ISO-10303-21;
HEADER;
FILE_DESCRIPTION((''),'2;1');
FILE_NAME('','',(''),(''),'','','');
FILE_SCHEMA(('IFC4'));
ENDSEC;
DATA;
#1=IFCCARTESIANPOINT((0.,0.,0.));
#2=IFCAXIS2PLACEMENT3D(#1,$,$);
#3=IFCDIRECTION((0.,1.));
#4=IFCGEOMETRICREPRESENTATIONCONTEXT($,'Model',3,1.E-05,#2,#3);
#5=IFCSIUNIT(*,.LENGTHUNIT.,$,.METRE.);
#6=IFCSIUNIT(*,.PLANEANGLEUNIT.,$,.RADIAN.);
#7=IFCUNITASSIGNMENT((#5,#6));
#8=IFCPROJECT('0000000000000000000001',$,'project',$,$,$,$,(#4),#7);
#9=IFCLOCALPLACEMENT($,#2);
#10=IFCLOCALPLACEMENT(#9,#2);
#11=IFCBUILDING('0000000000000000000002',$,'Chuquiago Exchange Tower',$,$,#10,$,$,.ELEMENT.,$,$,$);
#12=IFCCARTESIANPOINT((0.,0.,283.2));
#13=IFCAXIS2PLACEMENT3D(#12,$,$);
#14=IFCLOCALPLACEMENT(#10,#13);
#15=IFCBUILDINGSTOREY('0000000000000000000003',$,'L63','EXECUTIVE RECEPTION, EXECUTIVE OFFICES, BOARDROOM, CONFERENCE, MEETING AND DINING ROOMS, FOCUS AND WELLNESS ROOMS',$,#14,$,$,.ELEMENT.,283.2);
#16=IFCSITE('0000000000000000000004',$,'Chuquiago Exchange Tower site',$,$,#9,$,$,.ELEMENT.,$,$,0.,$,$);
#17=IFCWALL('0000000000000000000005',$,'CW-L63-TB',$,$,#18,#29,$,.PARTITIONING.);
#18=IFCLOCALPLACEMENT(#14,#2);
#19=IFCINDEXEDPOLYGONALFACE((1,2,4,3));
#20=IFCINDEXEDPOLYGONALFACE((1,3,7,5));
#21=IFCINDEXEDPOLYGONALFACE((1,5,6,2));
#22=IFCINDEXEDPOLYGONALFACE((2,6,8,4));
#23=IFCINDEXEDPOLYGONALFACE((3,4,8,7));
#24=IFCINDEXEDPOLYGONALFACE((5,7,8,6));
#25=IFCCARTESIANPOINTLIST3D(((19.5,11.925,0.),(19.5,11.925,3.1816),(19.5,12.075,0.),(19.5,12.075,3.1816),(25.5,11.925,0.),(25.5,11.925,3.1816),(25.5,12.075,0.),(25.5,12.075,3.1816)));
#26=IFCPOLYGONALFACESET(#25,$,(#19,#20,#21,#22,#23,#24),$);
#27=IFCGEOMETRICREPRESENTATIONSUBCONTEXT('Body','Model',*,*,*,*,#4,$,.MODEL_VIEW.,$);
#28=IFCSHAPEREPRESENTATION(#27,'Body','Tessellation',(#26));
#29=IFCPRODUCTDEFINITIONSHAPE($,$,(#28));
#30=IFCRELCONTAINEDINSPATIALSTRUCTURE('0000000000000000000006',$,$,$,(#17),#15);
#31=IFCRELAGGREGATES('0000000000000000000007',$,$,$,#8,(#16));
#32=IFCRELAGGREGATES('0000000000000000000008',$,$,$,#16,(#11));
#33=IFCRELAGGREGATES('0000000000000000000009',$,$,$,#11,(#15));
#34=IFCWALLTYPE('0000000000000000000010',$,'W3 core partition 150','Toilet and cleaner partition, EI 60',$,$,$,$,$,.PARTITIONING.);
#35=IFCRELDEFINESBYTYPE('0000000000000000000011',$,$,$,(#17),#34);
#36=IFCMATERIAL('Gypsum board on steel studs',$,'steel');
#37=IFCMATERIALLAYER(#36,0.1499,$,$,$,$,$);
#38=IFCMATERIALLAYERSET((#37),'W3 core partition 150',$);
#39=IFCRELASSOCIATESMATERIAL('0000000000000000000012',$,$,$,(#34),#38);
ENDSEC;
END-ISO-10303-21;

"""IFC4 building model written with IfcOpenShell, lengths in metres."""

from ifc_helpers import new_model, si_unit, direction, frame, frame_2d, origin, place, context, subcontext, project, spatial, rectangle, extrude, material, layer, layer_set, type_object, element, save


model = new_model("IFC4")

# Units and contexts
model_context = context("Model", 3, precision=1e-05, world=origin(), true_north=direction((0.0, 1.0)))
body_context = subcontext(model_context, "Body", "Model", "MODEL_VIEW")
ifc_project = project(units=[si_unit("LENGTHUNIT", "METRE"), si_unit("PLANEANGLEUNIT", "RADIAN")], contexts=[model_context])

# Site, building, storey
site_placement = place(None, origin())
site = spatial("IfcSite", under=ifc_project, at=site_placement, Name="Chuquiago Exchange Tower site", CompositionType="ELEMENT", RefElevation=0.0)
building_placement = place(site_placement, origin())
building = spatial("IfcBuilding", under=site, at=building_placement, Name="Chuquiago Exchange Tower", CompositionType="ELEMENT")
storey_placement = place(building_placement, frame((0.0, 0.0, 283.2)))
storey = spatial("IfcBuildingStorey", under=building, at=storey_placement, Name="L63", Description="EXECUTIVE RECEPTION, EXECUTIVE OFFICES, BOARDROOM, CONFERENCE, MEETING AND DINING ROOMS, FOCUS AND WELLNESS ROOMS", CompositionType="ELEMENT", Elevation=283.2)

# Wall
ifc_material_1 = material(Name="Gypsum board on steel studs", Category="steel")
ifc_layer_1 = layer(ifc_material_1, 0.1499)
ifc_layer_set_1 = layer_set([ifc_layer_1], Name="W3 core partition 150")
wall_type_1 = type_object("IfcWallType", Name="W3 core partition 150", Description="Toilet and cleaner partition, EI 60", PredefinedType="PARTITIONING", material=ifc_layer_set_1)
wall_1_placement = place(storey_placement, frame((19.5, 12.0, 0.0), z_axis=(0.0, 0.0, 1.0), x_axis=(1.0, 0.0, 0.0)))
element("IfcWall", 1, at=wall_1_placement, inside=storey, type_object=wall_type_1, Name="CW-L63-TB", PredefinedType="PARTITIONING", context=body_context, shape_type="SweptSolid", body=[
    extrude(rectangle(XDim=6.0, YDim=0.1499, at=frame_2d((3.0, 0.0))), origin(), (0.0, 0.0, 1.0), 3.1816),
])

save(model, "model.ifc")
